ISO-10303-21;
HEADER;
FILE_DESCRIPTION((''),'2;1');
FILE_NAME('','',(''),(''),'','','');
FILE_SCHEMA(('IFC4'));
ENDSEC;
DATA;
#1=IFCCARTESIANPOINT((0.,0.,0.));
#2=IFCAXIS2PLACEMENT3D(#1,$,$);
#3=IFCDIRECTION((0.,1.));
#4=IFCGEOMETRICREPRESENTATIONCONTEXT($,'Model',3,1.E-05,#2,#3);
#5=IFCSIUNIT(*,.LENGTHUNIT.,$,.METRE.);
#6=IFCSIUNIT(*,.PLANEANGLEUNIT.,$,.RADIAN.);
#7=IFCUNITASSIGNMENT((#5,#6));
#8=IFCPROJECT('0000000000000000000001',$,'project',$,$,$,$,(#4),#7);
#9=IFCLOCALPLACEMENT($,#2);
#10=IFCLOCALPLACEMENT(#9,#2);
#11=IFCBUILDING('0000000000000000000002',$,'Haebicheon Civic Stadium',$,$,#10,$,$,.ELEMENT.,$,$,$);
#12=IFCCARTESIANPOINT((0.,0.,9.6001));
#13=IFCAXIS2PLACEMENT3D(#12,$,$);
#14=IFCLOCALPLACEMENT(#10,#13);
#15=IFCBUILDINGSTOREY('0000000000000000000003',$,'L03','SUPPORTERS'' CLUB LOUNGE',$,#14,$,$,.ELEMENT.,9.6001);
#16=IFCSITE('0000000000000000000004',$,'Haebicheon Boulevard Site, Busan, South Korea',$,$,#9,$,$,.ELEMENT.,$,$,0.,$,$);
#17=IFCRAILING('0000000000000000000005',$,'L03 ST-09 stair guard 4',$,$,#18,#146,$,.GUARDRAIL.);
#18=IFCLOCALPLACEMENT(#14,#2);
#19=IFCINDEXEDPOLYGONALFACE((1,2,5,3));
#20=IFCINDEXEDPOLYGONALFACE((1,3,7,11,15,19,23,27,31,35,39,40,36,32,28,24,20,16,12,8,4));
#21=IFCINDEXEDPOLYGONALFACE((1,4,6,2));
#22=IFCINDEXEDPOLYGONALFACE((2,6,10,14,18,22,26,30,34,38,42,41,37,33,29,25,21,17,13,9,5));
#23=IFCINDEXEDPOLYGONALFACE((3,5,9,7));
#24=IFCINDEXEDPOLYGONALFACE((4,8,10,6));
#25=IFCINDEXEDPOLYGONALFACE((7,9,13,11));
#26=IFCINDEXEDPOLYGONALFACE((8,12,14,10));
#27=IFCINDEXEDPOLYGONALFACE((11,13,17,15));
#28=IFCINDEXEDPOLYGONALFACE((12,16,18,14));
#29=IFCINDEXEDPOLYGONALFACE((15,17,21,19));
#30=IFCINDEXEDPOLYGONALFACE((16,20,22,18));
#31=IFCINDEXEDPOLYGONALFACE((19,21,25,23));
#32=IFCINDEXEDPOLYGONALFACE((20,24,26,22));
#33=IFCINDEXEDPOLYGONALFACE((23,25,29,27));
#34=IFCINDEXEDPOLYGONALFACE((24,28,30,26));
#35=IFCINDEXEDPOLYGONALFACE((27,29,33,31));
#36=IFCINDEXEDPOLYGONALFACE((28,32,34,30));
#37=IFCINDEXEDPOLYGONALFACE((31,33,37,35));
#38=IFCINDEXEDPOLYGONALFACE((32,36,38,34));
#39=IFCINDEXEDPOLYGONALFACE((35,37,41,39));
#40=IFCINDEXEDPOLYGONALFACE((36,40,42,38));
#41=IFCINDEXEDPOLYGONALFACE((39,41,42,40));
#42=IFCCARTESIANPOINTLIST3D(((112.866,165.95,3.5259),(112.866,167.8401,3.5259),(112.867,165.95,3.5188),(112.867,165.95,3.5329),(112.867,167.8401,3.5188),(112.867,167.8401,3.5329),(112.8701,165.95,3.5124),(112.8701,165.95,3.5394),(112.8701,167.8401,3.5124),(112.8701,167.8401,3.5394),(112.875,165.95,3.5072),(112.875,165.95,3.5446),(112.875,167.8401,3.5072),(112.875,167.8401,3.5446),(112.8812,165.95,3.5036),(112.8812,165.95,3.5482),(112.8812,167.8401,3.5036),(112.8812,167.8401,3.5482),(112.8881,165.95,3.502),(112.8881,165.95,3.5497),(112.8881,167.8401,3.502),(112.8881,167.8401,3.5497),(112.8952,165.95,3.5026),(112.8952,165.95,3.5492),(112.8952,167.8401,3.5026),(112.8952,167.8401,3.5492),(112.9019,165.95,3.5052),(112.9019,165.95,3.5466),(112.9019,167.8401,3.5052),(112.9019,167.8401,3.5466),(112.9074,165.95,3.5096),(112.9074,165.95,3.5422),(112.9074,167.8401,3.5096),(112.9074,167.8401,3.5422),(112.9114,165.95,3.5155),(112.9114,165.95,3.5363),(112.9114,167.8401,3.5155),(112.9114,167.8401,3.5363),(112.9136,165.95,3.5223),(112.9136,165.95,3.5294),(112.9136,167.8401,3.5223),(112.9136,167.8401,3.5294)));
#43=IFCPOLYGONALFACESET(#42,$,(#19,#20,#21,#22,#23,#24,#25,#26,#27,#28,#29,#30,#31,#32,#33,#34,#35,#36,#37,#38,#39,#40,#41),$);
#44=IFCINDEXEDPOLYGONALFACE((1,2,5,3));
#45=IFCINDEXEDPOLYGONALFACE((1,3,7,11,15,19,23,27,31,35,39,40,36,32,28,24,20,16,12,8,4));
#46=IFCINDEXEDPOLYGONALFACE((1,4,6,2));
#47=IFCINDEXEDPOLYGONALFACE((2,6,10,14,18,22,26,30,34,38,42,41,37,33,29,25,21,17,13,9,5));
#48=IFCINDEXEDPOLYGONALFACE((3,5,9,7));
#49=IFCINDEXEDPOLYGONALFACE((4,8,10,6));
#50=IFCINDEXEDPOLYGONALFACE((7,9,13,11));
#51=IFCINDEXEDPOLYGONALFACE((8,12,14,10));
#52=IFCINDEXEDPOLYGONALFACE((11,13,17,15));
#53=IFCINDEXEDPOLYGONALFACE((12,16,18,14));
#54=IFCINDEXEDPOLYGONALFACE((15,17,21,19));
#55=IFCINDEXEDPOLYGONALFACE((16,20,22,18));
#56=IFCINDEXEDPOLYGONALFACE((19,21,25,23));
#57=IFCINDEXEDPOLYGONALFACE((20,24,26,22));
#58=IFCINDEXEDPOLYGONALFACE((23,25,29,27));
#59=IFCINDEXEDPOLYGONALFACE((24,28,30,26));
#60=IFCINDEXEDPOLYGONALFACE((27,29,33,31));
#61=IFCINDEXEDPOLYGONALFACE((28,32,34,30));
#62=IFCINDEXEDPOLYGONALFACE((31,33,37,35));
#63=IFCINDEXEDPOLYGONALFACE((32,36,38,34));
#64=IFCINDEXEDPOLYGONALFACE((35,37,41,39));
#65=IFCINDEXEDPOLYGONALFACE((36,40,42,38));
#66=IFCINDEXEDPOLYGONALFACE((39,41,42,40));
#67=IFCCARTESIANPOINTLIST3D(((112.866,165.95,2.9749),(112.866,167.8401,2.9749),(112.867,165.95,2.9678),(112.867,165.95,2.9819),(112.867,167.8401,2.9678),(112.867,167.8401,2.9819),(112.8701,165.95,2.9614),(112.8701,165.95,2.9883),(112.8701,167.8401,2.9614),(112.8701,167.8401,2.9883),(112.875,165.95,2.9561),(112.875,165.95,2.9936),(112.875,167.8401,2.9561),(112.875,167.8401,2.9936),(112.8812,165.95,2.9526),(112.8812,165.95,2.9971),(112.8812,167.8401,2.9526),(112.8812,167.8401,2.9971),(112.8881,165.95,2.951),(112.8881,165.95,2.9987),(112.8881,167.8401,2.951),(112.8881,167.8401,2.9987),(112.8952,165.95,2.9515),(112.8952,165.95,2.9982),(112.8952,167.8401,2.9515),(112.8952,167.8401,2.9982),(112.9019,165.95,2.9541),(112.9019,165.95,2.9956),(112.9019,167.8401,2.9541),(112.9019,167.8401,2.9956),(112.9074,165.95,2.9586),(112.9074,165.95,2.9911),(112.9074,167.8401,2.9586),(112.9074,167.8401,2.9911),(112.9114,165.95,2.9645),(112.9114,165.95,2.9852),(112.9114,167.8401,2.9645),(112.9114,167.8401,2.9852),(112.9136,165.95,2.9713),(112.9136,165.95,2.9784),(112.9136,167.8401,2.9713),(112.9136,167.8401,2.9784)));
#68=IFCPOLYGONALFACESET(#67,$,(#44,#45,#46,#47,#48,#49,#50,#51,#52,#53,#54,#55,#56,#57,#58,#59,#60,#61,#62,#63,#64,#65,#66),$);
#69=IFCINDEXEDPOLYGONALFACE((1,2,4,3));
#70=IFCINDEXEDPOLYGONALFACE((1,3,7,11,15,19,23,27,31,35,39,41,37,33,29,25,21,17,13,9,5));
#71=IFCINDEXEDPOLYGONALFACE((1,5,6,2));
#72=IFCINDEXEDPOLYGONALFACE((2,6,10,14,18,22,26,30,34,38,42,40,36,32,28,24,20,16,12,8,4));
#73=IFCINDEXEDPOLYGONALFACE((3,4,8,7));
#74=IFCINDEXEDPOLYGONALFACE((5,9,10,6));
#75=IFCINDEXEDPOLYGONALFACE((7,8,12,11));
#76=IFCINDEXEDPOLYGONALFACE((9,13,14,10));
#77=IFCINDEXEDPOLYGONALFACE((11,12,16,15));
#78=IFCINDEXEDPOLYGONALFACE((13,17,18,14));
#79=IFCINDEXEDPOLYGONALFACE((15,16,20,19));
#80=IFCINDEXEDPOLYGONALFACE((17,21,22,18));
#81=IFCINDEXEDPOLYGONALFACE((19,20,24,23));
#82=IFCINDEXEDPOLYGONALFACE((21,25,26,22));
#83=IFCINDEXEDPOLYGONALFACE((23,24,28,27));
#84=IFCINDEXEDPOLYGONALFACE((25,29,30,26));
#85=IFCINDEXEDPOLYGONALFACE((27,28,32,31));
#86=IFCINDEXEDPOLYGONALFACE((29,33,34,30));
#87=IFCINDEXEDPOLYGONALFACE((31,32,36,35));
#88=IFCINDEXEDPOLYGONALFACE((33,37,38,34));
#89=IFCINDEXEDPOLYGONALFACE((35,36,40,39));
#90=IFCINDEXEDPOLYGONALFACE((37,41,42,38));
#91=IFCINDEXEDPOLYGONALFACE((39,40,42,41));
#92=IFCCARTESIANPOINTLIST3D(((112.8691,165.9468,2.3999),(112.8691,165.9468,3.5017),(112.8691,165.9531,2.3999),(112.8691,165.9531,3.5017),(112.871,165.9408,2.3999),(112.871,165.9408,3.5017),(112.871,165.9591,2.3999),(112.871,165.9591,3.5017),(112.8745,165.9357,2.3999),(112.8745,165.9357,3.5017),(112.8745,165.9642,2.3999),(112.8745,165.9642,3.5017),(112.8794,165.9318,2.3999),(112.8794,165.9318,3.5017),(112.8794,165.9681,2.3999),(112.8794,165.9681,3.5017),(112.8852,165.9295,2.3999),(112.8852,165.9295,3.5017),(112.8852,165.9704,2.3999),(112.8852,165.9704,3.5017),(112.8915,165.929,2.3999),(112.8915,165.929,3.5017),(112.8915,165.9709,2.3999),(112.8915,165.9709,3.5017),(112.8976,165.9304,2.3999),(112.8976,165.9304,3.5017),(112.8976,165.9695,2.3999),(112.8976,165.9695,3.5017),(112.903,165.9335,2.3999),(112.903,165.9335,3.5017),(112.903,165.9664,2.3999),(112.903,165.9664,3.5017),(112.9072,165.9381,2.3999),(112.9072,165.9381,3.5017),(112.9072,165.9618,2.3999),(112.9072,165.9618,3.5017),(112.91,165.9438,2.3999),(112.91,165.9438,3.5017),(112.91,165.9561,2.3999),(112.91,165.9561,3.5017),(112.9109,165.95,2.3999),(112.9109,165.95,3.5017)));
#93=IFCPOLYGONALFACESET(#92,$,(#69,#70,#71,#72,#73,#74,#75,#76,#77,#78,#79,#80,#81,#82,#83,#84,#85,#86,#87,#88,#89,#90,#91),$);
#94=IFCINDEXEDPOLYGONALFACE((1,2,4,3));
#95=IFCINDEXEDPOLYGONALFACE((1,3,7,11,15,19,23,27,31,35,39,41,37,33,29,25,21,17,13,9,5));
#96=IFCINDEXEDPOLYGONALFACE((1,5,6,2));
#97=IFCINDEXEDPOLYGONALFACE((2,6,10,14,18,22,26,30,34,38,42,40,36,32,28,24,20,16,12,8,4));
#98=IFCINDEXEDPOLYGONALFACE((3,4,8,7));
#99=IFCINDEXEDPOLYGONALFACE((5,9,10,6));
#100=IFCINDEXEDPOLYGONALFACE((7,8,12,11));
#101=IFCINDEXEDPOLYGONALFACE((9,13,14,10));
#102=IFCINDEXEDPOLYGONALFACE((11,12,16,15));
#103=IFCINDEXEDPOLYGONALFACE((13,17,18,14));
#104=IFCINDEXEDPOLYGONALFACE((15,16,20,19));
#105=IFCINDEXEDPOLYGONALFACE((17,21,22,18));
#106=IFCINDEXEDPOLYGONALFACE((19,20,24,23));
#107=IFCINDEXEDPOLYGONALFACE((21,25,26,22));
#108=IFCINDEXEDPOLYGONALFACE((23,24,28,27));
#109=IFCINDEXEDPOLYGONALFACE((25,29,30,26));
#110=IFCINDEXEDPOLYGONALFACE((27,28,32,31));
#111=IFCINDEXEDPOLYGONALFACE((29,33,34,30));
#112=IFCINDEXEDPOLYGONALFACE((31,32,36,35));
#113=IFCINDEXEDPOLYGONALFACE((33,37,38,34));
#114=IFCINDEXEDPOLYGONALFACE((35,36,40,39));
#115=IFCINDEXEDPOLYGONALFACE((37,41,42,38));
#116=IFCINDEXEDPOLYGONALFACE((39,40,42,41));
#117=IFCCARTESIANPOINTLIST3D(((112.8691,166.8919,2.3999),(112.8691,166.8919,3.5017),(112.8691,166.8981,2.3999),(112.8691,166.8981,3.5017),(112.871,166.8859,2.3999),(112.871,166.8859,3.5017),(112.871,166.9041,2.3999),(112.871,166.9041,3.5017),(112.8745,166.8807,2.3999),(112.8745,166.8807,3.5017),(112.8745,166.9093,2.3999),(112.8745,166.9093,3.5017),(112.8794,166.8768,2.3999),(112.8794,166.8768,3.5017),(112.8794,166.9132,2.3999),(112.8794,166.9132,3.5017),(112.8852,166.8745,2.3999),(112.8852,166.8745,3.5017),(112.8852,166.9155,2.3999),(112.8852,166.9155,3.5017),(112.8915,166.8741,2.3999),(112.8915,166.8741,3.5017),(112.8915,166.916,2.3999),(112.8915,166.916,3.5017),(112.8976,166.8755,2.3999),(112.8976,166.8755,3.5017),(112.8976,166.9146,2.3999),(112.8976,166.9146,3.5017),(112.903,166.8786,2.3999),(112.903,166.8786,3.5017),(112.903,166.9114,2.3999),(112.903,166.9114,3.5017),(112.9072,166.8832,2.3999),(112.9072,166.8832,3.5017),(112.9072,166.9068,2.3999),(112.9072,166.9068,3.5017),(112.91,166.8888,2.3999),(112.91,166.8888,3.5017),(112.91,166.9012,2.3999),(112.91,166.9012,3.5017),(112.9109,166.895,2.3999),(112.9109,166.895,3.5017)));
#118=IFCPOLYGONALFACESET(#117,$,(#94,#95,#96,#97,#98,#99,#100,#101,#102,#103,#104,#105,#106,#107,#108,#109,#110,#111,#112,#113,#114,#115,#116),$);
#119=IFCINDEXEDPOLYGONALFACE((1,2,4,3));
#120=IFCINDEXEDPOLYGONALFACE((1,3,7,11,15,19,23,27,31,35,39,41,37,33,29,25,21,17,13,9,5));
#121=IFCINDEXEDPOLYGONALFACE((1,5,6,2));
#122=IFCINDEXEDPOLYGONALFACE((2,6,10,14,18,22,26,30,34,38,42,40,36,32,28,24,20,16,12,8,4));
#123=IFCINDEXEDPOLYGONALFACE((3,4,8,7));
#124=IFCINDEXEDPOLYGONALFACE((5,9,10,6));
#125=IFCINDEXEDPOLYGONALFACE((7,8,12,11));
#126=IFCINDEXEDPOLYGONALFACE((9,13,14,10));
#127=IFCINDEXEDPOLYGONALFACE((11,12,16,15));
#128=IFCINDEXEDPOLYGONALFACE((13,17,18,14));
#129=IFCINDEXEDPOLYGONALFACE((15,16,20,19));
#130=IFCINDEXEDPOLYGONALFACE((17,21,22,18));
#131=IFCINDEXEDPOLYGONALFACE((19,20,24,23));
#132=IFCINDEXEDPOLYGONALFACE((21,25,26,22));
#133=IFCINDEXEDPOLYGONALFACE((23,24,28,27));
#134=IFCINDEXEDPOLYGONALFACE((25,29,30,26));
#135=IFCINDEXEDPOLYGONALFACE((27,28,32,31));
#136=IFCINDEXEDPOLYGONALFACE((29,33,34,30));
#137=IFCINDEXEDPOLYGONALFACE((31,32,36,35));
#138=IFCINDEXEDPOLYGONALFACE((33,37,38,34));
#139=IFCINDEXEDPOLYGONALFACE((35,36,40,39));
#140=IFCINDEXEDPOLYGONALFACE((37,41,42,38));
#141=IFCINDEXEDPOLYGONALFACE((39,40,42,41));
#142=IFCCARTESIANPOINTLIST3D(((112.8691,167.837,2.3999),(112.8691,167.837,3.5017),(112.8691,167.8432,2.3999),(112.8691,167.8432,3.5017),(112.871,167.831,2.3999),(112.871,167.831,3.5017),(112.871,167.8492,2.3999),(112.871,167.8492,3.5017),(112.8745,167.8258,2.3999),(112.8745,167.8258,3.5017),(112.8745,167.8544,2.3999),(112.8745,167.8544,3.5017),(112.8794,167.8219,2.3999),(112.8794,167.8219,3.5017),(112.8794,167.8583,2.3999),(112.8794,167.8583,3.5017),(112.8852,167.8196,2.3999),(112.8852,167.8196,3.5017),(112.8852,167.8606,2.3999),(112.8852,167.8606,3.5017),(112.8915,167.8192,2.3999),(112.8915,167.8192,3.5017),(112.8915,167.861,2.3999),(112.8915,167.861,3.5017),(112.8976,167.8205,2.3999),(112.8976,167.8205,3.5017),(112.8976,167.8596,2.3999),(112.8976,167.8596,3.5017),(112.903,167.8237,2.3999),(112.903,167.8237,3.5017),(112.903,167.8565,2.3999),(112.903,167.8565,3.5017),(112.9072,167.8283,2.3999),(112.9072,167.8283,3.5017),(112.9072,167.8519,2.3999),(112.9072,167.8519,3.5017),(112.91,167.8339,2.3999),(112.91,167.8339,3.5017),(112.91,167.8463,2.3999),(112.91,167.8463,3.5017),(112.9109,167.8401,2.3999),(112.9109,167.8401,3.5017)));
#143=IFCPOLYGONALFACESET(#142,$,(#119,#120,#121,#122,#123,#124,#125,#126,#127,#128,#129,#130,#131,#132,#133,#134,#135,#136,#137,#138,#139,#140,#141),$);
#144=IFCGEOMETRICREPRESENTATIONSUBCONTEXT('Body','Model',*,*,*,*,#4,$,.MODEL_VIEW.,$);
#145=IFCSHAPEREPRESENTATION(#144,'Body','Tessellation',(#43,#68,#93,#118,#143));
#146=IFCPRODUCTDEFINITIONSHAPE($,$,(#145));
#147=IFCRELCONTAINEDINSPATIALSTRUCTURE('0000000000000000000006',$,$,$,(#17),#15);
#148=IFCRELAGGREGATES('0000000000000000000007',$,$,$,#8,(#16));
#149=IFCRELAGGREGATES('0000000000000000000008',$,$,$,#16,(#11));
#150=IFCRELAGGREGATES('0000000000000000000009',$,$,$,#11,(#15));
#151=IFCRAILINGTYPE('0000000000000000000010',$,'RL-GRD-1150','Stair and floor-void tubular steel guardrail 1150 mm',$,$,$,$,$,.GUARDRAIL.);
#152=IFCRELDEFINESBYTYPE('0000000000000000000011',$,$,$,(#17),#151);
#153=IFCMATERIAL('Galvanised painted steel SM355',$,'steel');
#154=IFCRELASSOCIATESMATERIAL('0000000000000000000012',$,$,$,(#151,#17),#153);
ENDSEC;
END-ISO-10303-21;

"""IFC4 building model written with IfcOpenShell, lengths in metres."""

from ifc_helpers import new_model, si_unit, direction, frame, origin, origin_2d, place, context, subcontext, project, spatial, circle, extrude, material, type_object, element, save


model = new_model("IFC4")

# Units and contexts
model_context = context("Model", 3, precision=1e-05, world=origin(), true_north=direction((0.0, 1.0)))
body_context = subcontext(model_context, "Body", "Model", "MODEL_VIEW")
ifc_project = project(units=[si_unit("LENGTHUNIT", "METRE"), si_unit("PLANEANGLEUNIT", "RADIAN")], contexts=[model_context])

# Site, building, storey
site_placement = place(None, origin())
site = spatial("IfcSite", under=ifc_project, at=site_placement, Name="Haebicheon Boulevard Site, Busan, South Korea", CompositionType="ELEMENT", RefElevation=0.0)
building_placement = place(site_placement, origin())
building = spatial("IfcBuilding", under=site, at=building_placement, Name="Haebicheon Civic Stadium", CompositionType="ELEMENT")
storey_placement = place(building_placement, frame((0.0, 0.0, 9.6001)))
storey = spatial("IfcBuildingStorey", under=building, at=storey_placement, Name="L03", Description="SUPPORTERS' CLUB LOUNGE", CompositionType="ELEMENT", Elevation=9.6001)

# Railing
ifc_material_1 = material(Name="Galvanised painted steel SM355", Category="steel")
railing_type_1 = type_object("IfcRailingType", Name="RL-GRD-1150", Description="Stair and floor-void tubular steel guardrail 1150 mm", PredefinedType="GUARDRAIL", material=ifc_material_1)
for number, where, name in (
    (1, (112.8899, 165.95, 2.3999), "L03 ST-09 stair guard 4"),
):
    element("IfcRailing", number, at=place(storey_placement, frame(where)), inside=storey, type_object=railing_type_1, material=ifc_material_1, Name=name, PredefinedType="GUARDRAIL", context=body_context, shape_type="SweptSolid", body=[
        extrude(circle(Radius=0.0239, at=origin_2d()), frame((0.0, 0.0, 1.126), z_axis=(0.0, 1.0, 0.0), x_axis=(-1.0, 0.0, 0.0)), (0.0, 0.0, 1.0), 1.8901),
        extrude(circle(Radius=0.0239, at=origin_2d()), frame((0.0, 0.0, 0.575), z_axis=(0.0, 1.0, 0.0), x_axis=(-1.0, 0.0, 0.0)), (0.0, 0.0, 1.0), 1.8901),
        extrude(circle(Radius=0.021, at=origin_2d()), origin(), (0.0, 0.0, 1.0), 1.1018),
        extrude(circle(Radius=0.021, at=origin_2d()), frame((0.0, 0.9451, 0.0)), (0.0, 0.0, 1.0), 1.1018),
        extrude(circle(Radius=0.021, at=origin_2d()), frame((0.0, 1.8901, 0.0)), (0.0, 0.0, 1.0), 1.1018),
    ])

save(model, "model.ifc")
